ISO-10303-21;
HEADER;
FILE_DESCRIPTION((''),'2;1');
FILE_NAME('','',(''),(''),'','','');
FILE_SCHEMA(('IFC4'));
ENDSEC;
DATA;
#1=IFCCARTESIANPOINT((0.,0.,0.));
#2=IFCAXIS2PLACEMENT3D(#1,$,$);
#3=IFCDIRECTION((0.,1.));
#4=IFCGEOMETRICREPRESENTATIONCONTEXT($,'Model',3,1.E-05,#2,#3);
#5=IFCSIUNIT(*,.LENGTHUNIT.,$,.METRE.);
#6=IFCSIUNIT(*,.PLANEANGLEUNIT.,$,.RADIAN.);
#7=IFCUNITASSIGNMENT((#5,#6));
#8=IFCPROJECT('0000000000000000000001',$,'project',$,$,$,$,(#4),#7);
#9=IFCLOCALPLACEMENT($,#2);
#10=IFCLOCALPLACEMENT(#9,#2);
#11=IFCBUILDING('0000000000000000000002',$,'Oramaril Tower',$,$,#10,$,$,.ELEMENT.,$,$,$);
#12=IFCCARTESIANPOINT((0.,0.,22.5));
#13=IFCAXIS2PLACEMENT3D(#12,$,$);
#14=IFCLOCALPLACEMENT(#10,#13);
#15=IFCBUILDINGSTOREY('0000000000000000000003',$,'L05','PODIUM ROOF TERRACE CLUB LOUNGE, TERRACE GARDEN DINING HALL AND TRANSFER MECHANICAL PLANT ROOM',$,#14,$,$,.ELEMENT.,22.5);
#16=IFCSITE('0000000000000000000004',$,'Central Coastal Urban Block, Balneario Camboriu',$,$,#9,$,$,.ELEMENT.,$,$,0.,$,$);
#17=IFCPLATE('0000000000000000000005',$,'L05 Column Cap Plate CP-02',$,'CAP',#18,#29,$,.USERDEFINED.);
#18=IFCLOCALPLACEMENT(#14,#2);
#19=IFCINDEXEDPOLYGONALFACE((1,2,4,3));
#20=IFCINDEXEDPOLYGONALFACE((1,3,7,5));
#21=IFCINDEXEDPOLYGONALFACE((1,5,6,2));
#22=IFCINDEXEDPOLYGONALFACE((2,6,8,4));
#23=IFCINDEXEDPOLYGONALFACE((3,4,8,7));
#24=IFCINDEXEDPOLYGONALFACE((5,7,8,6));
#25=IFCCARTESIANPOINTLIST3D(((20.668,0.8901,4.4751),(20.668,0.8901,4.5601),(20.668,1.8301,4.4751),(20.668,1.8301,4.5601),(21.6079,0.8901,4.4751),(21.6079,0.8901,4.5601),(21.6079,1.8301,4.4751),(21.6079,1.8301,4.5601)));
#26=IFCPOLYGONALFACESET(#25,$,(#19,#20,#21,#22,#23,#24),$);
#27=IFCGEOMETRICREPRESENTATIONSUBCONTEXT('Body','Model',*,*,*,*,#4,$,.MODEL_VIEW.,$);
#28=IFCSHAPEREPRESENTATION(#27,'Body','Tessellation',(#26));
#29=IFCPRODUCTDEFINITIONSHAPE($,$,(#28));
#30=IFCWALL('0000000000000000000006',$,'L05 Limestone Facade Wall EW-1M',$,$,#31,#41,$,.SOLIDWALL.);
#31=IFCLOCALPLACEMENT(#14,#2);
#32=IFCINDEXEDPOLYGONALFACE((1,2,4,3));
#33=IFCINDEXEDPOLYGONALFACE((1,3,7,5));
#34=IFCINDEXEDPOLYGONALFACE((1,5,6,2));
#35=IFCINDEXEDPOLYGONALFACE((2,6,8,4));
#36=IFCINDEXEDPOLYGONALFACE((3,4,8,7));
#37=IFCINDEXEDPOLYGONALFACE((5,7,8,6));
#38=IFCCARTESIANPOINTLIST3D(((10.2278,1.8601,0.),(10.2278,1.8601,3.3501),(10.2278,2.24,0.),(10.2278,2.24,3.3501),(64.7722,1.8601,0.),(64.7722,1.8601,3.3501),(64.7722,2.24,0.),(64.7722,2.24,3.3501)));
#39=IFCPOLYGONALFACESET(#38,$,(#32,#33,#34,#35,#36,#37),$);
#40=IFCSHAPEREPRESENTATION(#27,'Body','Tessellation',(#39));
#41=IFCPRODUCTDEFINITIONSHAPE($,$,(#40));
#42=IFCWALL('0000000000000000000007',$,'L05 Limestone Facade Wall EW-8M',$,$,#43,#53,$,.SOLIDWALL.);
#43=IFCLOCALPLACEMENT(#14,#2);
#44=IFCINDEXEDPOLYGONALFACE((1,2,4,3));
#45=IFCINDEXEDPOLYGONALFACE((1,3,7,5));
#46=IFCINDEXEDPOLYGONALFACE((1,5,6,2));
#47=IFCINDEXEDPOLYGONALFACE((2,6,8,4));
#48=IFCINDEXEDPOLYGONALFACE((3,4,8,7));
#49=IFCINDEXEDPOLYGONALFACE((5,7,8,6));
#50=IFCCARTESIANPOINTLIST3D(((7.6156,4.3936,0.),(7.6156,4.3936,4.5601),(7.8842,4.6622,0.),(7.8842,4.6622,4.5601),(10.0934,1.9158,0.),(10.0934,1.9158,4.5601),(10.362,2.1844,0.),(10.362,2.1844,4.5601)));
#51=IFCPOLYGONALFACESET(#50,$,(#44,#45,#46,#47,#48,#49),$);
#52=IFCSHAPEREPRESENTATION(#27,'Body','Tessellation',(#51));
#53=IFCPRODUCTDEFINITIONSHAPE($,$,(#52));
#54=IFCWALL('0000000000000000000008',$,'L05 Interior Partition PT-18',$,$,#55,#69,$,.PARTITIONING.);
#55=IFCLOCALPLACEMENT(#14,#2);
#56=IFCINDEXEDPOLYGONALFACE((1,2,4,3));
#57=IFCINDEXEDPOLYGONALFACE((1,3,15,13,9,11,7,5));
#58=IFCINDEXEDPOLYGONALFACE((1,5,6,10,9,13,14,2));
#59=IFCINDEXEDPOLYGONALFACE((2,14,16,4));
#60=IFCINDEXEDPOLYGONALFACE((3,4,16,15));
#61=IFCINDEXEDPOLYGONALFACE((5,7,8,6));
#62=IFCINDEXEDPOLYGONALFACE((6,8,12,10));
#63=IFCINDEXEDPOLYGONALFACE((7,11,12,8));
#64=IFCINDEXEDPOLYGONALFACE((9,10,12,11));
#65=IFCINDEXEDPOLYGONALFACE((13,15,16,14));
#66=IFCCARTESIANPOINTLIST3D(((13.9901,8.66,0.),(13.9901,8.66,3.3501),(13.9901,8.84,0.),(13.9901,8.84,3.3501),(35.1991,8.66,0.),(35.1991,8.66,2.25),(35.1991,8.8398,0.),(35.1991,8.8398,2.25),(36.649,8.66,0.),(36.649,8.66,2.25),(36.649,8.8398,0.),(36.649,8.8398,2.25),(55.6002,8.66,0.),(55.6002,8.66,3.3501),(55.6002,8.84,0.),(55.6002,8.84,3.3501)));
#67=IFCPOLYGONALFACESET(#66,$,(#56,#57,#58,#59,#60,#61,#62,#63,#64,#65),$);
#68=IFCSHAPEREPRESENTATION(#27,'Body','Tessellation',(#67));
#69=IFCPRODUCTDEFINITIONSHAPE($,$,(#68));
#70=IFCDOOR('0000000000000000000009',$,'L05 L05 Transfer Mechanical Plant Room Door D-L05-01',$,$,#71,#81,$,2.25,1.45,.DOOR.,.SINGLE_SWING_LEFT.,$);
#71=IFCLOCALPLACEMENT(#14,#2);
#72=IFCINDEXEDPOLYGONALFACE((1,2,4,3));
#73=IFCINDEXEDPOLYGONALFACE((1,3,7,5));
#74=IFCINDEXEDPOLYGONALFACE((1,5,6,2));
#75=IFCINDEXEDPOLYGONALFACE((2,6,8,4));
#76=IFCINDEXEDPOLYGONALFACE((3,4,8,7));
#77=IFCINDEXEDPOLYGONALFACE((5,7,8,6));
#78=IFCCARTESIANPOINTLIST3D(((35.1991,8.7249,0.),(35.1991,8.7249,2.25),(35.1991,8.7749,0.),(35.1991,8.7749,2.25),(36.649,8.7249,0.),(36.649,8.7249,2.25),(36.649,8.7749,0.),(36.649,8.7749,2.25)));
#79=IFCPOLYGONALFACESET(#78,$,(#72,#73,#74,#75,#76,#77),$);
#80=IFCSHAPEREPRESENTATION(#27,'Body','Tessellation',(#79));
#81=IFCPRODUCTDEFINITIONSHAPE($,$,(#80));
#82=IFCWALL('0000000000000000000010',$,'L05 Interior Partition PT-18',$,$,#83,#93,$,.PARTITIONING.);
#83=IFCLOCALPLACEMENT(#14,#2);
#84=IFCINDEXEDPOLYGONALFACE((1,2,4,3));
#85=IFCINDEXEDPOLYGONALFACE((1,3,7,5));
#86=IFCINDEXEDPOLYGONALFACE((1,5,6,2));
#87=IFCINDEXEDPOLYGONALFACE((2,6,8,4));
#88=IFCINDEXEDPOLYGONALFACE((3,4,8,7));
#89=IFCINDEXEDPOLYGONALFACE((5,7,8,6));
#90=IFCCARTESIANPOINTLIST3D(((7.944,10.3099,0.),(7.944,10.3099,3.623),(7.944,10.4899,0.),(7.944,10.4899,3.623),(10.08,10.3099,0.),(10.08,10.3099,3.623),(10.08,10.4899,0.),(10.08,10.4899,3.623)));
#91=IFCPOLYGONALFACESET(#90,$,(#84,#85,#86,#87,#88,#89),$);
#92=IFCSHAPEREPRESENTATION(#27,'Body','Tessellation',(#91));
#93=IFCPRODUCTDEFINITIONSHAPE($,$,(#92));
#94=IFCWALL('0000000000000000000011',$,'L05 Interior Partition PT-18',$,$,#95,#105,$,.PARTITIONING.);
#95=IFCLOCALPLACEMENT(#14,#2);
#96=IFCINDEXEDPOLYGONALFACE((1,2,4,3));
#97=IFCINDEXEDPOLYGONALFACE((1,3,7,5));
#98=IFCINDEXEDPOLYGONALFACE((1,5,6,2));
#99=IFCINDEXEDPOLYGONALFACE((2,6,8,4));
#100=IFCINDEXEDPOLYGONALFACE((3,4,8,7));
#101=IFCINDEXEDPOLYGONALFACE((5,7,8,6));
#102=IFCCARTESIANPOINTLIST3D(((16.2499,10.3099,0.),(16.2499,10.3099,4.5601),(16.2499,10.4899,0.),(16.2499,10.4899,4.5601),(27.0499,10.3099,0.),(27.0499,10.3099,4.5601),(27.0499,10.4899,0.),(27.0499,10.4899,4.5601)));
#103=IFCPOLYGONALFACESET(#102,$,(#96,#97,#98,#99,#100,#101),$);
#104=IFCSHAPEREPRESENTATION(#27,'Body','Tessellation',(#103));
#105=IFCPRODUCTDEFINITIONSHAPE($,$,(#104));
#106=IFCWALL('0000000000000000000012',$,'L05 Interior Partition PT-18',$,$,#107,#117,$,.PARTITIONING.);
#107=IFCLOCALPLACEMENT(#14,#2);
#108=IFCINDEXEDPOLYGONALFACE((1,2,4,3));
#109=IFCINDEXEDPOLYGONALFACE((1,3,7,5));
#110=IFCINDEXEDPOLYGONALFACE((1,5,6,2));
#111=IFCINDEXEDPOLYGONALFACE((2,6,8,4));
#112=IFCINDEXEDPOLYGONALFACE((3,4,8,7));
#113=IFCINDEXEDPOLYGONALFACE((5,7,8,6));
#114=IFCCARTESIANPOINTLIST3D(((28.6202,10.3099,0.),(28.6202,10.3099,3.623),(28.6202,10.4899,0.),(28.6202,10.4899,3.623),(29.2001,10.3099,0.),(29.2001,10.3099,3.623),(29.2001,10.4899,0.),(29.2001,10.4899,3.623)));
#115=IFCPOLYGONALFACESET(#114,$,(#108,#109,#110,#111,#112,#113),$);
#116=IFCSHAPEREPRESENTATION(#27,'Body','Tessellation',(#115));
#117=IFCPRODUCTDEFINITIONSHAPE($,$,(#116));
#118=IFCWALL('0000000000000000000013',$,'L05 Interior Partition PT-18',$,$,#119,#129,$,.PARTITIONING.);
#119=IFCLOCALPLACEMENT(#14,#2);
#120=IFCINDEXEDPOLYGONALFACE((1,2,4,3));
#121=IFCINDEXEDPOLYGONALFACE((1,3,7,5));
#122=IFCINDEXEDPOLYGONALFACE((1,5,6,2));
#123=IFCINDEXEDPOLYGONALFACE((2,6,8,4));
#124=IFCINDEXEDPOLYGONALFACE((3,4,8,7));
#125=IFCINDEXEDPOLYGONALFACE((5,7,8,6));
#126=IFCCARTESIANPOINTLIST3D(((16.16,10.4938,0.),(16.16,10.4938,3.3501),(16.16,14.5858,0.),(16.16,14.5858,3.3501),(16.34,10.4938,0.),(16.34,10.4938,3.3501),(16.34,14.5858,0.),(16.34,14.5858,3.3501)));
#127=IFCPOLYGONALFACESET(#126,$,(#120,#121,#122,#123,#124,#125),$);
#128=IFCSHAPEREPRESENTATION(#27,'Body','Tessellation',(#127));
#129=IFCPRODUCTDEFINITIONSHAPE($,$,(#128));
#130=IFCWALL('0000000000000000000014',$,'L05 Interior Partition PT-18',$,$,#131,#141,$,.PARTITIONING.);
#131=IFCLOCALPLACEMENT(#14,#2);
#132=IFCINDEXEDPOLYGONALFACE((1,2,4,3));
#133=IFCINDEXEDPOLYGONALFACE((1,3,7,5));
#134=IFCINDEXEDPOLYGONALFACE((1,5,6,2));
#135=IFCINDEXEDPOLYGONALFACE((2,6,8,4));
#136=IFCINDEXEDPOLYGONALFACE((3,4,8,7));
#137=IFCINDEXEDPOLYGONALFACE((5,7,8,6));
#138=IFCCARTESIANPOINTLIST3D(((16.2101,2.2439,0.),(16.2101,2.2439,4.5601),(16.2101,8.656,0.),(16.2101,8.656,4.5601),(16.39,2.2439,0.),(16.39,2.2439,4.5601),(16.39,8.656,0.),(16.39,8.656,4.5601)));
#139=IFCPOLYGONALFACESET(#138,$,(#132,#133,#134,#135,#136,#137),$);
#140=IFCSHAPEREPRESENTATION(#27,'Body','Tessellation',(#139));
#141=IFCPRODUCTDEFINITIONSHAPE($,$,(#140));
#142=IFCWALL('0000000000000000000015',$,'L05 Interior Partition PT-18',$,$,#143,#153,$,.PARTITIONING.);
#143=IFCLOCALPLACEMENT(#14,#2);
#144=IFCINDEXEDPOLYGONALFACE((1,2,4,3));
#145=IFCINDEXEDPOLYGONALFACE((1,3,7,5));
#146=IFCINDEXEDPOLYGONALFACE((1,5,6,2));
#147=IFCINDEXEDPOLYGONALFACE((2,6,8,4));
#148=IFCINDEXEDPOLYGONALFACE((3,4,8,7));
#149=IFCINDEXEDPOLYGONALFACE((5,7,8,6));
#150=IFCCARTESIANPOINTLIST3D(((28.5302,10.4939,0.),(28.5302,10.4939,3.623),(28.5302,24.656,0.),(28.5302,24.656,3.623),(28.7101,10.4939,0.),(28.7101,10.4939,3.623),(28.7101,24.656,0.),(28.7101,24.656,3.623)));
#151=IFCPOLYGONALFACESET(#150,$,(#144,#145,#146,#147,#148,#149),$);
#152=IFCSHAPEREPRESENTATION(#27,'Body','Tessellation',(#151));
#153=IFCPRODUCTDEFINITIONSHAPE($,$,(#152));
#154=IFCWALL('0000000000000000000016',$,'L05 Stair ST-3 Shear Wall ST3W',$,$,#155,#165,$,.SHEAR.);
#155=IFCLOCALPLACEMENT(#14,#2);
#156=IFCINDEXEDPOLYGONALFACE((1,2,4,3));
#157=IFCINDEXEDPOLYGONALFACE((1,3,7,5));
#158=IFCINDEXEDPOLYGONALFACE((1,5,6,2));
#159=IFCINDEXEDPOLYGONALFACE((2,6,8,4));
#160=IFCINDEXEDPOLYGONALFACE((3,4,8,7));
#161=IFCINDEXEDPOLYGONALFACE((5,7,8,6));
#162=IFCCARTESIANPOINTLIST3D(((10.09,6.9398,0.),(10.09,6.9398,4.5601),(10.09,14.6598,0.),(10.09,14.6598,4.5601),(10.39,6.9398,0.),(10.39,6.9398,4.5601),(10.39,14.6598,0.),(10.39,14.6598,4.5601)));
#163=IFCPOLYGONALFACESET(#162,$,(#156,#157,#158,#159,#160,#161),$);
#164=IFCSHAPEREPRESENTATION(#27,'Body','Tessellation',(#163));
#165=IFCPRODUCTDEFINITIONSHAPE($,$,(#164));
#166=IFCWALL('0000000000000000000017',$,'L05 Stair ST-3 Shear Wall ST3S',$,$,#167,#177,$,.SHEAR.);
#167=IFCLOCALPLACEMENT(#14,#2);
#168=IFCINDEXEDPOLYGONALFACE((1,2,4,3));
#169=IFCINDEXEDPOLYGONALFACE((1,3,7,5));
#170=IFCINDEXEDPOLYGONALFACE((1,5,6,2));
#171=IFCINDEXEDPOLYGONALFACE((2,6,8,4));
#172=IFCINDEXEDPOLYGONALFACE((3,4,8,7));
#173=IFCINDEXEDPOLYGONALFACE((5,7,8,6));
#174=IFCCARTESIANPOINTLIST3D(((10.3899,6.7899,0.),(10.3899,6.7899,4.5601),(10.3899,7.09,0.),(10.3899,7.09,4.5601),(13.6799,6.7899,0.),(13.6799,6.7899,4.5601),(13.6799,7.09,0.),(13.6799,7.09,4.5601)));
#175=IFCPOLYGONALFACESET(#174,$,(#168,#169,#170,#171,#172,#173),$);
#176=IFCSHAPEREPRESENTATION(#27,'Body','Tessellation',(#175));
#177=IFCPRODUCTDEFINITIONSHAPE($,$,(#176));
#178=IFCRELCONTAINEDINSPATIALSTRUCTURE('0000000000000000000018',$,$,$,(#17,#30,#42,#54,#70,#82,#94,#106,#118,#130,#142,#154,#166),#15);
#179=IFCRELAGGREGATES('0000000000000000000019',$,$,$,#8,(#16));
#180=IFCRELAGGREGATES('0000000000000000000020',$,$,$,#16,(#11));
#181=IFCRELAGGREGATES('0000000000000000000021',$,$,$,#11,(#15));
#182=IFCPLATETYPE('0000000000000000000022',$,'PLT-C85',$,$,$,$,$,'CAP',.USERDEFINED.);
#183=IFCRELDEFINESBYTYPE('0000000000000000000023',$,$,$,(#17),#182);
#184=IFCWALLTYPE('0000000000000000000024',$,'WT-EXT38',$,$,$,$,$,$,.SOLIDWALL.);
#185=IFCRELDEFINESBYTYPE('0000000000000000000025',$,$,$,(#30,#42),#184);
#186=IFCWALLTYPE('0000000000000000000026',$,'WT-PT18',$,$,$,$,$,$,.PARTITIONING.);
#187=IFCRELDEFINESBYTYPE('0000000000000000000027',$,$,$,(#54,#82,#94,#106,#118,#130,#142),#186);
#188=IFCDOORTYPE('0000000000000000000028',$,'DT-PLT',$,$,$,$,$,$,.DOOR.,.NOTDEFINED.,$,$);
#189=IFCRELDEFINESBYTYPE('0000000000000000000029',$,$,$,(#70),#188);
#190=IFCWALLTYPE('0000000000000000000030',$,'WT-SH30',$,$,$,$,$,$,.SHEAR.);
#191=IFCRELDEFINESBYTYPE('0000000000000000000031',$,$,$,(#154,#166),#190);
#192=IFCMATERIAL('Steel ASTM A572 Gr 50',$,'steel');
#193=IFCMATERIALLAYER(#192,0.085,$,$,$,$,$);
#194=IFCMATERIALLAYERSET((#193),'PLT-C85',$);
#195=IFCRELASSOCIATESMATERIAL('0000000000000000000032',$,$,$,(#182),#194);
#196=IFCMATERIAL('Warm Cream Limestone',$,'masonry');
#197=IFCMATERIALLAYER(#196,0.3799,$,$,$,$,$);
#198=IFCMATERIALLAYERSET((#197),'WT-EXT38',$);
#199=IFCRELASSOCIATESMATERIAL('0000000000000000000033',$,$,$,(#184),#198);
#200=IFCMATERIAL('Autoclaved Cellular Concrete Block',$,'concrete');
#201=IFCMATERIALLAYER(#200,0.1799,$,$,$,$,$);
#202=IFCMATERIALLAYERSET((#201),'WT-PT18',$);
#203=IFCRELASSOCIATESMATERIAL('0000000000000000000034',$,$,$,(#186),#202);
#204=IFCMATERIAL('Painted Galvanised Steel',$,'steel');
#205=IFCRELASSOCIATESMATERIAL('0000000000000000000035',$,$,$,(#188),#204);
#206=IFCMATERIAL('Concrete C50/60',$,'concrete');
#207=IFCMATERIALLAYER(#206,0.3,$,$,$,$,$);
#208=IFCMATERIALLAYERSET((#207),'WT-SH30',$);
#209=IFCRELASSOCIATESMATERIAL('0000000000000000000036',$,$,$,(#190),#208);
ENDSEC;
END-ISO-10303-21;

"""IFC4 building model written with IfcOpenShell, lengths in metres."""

from ifc_helpers import new_model, si_unit, direction, frame, frame_2d, origin, origin_2d, place, context, subcontext, project, spatial, rectangle, extrude, material, layer, layer_set, type_object, element, fill, save


model = new_model("IFC4")

# Units and contexts
model_context = context("Model", 3, precision=1e-05, world=origin(), true_north=direction((0.0, 1.0)))
body_context = subcontext(model_context, "Body", "Model", "MODEL_VIEW")
ifc_project = project(units=[si_unit("LENGTHUNIT", "METRE"), si_unit("PLANEANGLEUNIT", "RADIAN")], contexts=[model_context])

# Site, building, storey
site_placement = place(None, origin())
site = spatial("IfcSite", under=ifc_project, at=site_placement, Name="Central Coastal Urban Block, Balneario Camboriu", CompositionType="ELEMENT", RefElevation=0.0)
building_placement = place(site_placement, origin())
building = spatial("IfcBuilding", under=site, at=building_placement, Name="Oramaril Tower", CompositionType="ELEMENT")
storey_placement = place(building_placement, frame((0.0, 0.0, 22.5)))
storey = spatial("IfcBuildingStorey", under=building, at=storey_placement, Name="L05", Description="PODIUM ROOF TERRACE CLUB LOUNGE, TERRACE GARDEN DINING HALL AND TRANSFER MECHANICAL PLANT ROOM", CompositionType="ELEMENT", Elevation=22.5)

# Plate
ifc_material_1 = material(Name="Steel ASTM A572 Gr 50", Category="steel")
ifc_layer_1 = layer(ifc_material_1, 0.085)
ifc_layer_set_1 = layer_set([ifc_layer_1], Name="PLT-C85")
plate_type = type_object("IfcPlateType", Name="PLT-C85", ElementType="CAP", PredefinedType="USERDEFINED", material=ifc_layer_set_1)
plate_placement = place(storey_placement, frame((21.1379, 1.3601, 4.4751), z_axis=(0.0, 0.0, 1.0), x_axis=(1.0, 0.0, 0.0)))
element("IfcPlate", 1, at=plate_placement, inside=storey, type_object=plate_type, Name="L05 Column Cap Plate CP-02", ObjectType="CAP", PredefinedType="USERDEFINED", context=body_context, shape_type="SweptSolid", body=[
    extrude(rectangle(XDim=0.9399, YDim=0.9399, at=origin_2d()), origin(), (0.0, 0.0, 1.0), 0.085),
])

# Walls
ifc_material_2 = material(Name="Warm Cream Limestone", Category="masonry")
ifc_layer_2 = layer(ifc_material_2, 0.3799)
ifc_layer_set_2 = layer_set([ifc_layer_2], Name="WT-EXT38")
wall_type_1 = type_object("IfcWallType", Name="WT-EXT38", PredefinedType="SOLIDWALL", material=ifc_layer_set_2)
wall_1_placement = place(storey_placement, frame((10.2278, 2.05, 0.0), z_axis=(0.0, 0.0, 1.0), x_axis=(1.0, 0.0, 0.0)))
element("IfcWall", 2, at=wall_1_placement, inside=storey, type_object=wall_type_1, Name="L05 Limestone Facade Wall EW-1M", PredefinedType="SOLIDWALL", context=body_context, shape_type="SweptSolid", body=[
    extrude(rectangle(XDim=54.5444, YDim=0.3799, at=frame_2d((27.2722, 0.0))), origin(), (0.0, 0.0, 1.0), 3.3501),
])
wall_2_placement = place(storey_placement, frame((7.75, 4.5278, 0.0), z_axis=(0.0, 0.0, 1.0), x_axis=(0.707107, -0.707107, 0.0)))
element("IfcWall", 3, at=wall_2_placement, inside=storey, type_object=wall_type_1, Name="L05 Limestone Facade Wall EW-8M", PredefinedType="SOLIDWALL", context=body_context, shape_type="SweptSolid", body=[
    extrude(rectangle(XDim=3.5042, YDim=0.3799, at=frame_2d((1.752, 0.0))), origin(), (0.0, 0.0, 1.0), 4.5601),
])

# Wall, opening, door
ifc_material_3 = material(Name="Autoclaved Cellular Concrete Block", Category="concrete")
ifc_layer_3 = layer(ifc_material_3, 0.1799)
ifc_layer_set_3 = layer_set([ifc_layer_3], Name="WT-PT18")
wall_type_2 = type_object("IfcWallType", Name="WT-PT18", PredefinedType="PARTITIONING", material=ifc_layer_set_3)
wall_3_placement = place(storey_placement, frame((13.99, 8.75, 0.0), z_axis=(0.0, 0.0, 1.0), x_axis=(1.0, 0.0, 0.0)))
wall_3 = element("IfcWall", 4, at=wall_3_placement, inside=storey, type_object=wall_type_2, Name="L05 Interior Partition PT-18", PredefinedType="PARTITIONING", context=body_context, shape_type="SweptSolid", body=[
    extrude(rectangle(XDim=41.6101, YDim=0.1799, at=frame_2d((20.8052, 0.0))), origin(), (0.0, 0.0, 1.0), 3.3501),
])
opening_1_placement = place(wall_3_placement, frame((21.209, 0.0, 0.0)))
opening_1 = element("IfcOpeningElement", 5, at=opening_1_placement, cuts=wall_3, PredefinedType="OPENING", context=body_context, shape_type="SweptSolid", body=[
    extrude(rectangle(XDim=1.45, YDim=2.25, at=frame_2d((0.7251, 1.125))), frame((0.0, 0.0898, 0.0), z_axis=(0.0, -1.0, 0.0), x_axis=(1.0, 0.0, 0.0)), (0.0, 0.0, 1.0), 0.1799),
])
ifc_material_4 = material(Name="Painted Galvanised Steel", Category="steel")
door_type_1 = type_object("IfcDoorType", Name="DT-PLT", OperationType="NOTDEFINED", PredefinedType="DOOR", material=ifc_material_4)
door_1_placement = place(opening_1_placement, origin())
door_1 = element("IfcDoor", 6, at=door_1_placement, inside=storey, type_object=door_type_1, Name="L05 L05 Transfer Mechanical Plant Room Door D-L05-01", OperationType="SINGLE_SWING_LEFT", OverallHeight=2.25, OverallWidth=1.45, PredefinedType="DOOR", context=body_context, shape_type="SweptSolid", body=[
    extrude(rectangle(XDim=1.45, YDim=2.25, at=frame_2d((0.7251, 1.125))), frame((0.0, 0.0249, 0.0), z_axis=(0.0, -1.0, 0.0), x_axis=(1.0, 0.0, 0.0)), (0.0, 0.0, 1.0), 0.05),
])
fill(opening_1, door_1)

# Walls
wall_4_placement = place(storey_placement, frame((7.9441, 10.3999, 0.0), z_axis=(0.0, 0.0, 1.0), x_axis=(1.0, 0.0, 0.0)))
element("IfcWall", 7, at=wall_4_placement, inside=storey, type_object=wall_type_2, Name="L05 Interior Partition PT-18", PredefinedType="PARTITIONING", context=body_context, shape_type="SweptSolid", body=[
    extrude(rectangle(XDim=2.136, YDim=0.1799, at=frame_2d((1.0679, 0.0))), origin(), (0.0, 0.0, 1.0), 3.623),
])
wall_5_placement = place(storey_placement, frame((16.25, 10.3999, 0.0), z_axis=(0.0, 0.0, 1.0), x_axis=(1.0, 0.0, 0.0)))
element("IfcWall", 8, at=wall_5_placement, inside=storey, type_object=wall_type_2, Name="L05 Interior Partition PT-18", PredefinedType="PARTITIONING", context=body_context, shape_type="SweptSolid", body=[
    extrude(rectangle(XDim=10.8, YDim=0.1799, at=frame_2d((5.3999, 0.0))), origin(), (0.0, 0.0, 1.0), 4.5601),
])
wall_6_placement = place(storey_placement, frame((28.6201, 10.3999, 0.0), z_axis=(0.0, 0.0, 1.0), x_axis=(1.0, 0.0, 0.0)))
element("IfcWall", 9, at=wall_6_placement, inside=storey, type_object=wall_type_2, Name="L05 Interior Partition PT-18", PredefinedType="PARTITIONING", context=body_context, shape_type="SweptSolid", body=[
    extrude(rectangle(XDim=0.5798, YDim=0.1799, at=frame_2d((0.29, 0.0))), origin(), (0.0, 0.0, 1.0), 3.623),
])
wall_7_placement = place(storey_placement, frame((16.25, 10.4939, 0.0), z_axis=(0.0, 0.0, 1.0), x_axis=(0.0, 1.0, 0.0)))
element("IfcWall", 10, at=wall_7_placement, inside=storey, type_object=wall_type_2, Name="L05 Interior Partition PT-18", PredefinedType="PARTITIONING", context=body_context, shape_type="SweptSolid", body=[
    extrude(rectangle(XDim=4.092, YDim=0.1799, at=frame_2d((2.0459, 0.0))), origin(), (0.0, 0.0, 1.0), 3.3501),
])
wall_8_placement = place(storey_placement, frame((16.3, 2.2439, 0.0), z_axis=(0.0, 0.0, 1.0), x_axis=(0.0, 1.0, 0.0)))
element("IfcWall", 11, at=wall_8_placement, inside=storey, type_object=wall_type_2, Name="L05 Interior Partition PT-18", PredefinedType="PARTITIONING", context=body_context, shape_type="SweptSolid", body=[
    extrude(rectangle(XDim=6.4121, YDim=0.1799, at=frame_2d((3.2061, 0.0))), origin(), (0.0, 0.0, 1.0), 4.5601),
])

# Walls
wall_9_placement = place(storey_placement, frame((28.6201, 10.4939, 0.0), z_axis=(0.0, 0.0, 1.0), x_axis=(0.0, 1.0, 0.0)))
element("IfcWall", 12, at=wall_9_placement, inside=storey, type_object=wall_type_2, Name="L05 Interior Partition PT-18", PredefinedType="PARTITIONING", context=body_context, shape_type="SweptSolid", body=[
    extrude(rectangle(XDim=14.1621, YDim=0.1799, at=frame_2d((7.0811, 0.0))), origin(), (0.0, 0.0, 1.0), 3.623),
])
ifc_material_5 = material(Name="Concrete C50/60", Category="concrete")
ifc_layer_4 = layer(ifc_material_5, 0.3)
ifc_layer_set_4 = layer_set([ifc_layer_4], Name="WT-SH30")
wall_type_3 = type_object("IfcWallType", Name="WT-SH30", PredefinedType="SHEAR", material=ifc_layer_set_4)
wall_10_placement = place(storey_placement, frame((10.24, 6.9399, 0.0), z_axis=(0.0, 0.0, 1.0), x_axis=(0.0, 1.0, 0.0)))
element("IfcWall", 13, at=wall_10_placement, inside=storey, type_object=wall_type_3, Name="L05 Stair ST-3 Shear Wall ST3W", PredefinedType="SHEAR", context=body_context, shape_type="SweptSolid", body=[
    extrude(rectangle(XDim=7.72, YDim=0.3, at=frame_2d((3.8599, 0.0))), origin(), (0.0, 0.0, 1.0), 4.5601),
])

# Wall
wall_11_placement = place(storey_placement, frame((10.3899, 6.9399, 0.0), z_axis=(0.0, 0.0, 1.0), x_axis=(1.0, 0.0, 0.0)))
element("IfcWall", 14, at=wall_11_placement, inside=storey, type_object=wall_type_3, Name="L05 Stair ST-3 Shear Wall ST3S", PredefinedType="SHEAR", context=body_context, shape_type="SweptSolid", body=[
    extrude(rectangle(XDim=3.29, YDim=0.3, at=frame_2d((1.645, 0.0))), origin(), (0.0, 0.0, 1.0), 4.5601),
])

save(model, "model.ifc")
